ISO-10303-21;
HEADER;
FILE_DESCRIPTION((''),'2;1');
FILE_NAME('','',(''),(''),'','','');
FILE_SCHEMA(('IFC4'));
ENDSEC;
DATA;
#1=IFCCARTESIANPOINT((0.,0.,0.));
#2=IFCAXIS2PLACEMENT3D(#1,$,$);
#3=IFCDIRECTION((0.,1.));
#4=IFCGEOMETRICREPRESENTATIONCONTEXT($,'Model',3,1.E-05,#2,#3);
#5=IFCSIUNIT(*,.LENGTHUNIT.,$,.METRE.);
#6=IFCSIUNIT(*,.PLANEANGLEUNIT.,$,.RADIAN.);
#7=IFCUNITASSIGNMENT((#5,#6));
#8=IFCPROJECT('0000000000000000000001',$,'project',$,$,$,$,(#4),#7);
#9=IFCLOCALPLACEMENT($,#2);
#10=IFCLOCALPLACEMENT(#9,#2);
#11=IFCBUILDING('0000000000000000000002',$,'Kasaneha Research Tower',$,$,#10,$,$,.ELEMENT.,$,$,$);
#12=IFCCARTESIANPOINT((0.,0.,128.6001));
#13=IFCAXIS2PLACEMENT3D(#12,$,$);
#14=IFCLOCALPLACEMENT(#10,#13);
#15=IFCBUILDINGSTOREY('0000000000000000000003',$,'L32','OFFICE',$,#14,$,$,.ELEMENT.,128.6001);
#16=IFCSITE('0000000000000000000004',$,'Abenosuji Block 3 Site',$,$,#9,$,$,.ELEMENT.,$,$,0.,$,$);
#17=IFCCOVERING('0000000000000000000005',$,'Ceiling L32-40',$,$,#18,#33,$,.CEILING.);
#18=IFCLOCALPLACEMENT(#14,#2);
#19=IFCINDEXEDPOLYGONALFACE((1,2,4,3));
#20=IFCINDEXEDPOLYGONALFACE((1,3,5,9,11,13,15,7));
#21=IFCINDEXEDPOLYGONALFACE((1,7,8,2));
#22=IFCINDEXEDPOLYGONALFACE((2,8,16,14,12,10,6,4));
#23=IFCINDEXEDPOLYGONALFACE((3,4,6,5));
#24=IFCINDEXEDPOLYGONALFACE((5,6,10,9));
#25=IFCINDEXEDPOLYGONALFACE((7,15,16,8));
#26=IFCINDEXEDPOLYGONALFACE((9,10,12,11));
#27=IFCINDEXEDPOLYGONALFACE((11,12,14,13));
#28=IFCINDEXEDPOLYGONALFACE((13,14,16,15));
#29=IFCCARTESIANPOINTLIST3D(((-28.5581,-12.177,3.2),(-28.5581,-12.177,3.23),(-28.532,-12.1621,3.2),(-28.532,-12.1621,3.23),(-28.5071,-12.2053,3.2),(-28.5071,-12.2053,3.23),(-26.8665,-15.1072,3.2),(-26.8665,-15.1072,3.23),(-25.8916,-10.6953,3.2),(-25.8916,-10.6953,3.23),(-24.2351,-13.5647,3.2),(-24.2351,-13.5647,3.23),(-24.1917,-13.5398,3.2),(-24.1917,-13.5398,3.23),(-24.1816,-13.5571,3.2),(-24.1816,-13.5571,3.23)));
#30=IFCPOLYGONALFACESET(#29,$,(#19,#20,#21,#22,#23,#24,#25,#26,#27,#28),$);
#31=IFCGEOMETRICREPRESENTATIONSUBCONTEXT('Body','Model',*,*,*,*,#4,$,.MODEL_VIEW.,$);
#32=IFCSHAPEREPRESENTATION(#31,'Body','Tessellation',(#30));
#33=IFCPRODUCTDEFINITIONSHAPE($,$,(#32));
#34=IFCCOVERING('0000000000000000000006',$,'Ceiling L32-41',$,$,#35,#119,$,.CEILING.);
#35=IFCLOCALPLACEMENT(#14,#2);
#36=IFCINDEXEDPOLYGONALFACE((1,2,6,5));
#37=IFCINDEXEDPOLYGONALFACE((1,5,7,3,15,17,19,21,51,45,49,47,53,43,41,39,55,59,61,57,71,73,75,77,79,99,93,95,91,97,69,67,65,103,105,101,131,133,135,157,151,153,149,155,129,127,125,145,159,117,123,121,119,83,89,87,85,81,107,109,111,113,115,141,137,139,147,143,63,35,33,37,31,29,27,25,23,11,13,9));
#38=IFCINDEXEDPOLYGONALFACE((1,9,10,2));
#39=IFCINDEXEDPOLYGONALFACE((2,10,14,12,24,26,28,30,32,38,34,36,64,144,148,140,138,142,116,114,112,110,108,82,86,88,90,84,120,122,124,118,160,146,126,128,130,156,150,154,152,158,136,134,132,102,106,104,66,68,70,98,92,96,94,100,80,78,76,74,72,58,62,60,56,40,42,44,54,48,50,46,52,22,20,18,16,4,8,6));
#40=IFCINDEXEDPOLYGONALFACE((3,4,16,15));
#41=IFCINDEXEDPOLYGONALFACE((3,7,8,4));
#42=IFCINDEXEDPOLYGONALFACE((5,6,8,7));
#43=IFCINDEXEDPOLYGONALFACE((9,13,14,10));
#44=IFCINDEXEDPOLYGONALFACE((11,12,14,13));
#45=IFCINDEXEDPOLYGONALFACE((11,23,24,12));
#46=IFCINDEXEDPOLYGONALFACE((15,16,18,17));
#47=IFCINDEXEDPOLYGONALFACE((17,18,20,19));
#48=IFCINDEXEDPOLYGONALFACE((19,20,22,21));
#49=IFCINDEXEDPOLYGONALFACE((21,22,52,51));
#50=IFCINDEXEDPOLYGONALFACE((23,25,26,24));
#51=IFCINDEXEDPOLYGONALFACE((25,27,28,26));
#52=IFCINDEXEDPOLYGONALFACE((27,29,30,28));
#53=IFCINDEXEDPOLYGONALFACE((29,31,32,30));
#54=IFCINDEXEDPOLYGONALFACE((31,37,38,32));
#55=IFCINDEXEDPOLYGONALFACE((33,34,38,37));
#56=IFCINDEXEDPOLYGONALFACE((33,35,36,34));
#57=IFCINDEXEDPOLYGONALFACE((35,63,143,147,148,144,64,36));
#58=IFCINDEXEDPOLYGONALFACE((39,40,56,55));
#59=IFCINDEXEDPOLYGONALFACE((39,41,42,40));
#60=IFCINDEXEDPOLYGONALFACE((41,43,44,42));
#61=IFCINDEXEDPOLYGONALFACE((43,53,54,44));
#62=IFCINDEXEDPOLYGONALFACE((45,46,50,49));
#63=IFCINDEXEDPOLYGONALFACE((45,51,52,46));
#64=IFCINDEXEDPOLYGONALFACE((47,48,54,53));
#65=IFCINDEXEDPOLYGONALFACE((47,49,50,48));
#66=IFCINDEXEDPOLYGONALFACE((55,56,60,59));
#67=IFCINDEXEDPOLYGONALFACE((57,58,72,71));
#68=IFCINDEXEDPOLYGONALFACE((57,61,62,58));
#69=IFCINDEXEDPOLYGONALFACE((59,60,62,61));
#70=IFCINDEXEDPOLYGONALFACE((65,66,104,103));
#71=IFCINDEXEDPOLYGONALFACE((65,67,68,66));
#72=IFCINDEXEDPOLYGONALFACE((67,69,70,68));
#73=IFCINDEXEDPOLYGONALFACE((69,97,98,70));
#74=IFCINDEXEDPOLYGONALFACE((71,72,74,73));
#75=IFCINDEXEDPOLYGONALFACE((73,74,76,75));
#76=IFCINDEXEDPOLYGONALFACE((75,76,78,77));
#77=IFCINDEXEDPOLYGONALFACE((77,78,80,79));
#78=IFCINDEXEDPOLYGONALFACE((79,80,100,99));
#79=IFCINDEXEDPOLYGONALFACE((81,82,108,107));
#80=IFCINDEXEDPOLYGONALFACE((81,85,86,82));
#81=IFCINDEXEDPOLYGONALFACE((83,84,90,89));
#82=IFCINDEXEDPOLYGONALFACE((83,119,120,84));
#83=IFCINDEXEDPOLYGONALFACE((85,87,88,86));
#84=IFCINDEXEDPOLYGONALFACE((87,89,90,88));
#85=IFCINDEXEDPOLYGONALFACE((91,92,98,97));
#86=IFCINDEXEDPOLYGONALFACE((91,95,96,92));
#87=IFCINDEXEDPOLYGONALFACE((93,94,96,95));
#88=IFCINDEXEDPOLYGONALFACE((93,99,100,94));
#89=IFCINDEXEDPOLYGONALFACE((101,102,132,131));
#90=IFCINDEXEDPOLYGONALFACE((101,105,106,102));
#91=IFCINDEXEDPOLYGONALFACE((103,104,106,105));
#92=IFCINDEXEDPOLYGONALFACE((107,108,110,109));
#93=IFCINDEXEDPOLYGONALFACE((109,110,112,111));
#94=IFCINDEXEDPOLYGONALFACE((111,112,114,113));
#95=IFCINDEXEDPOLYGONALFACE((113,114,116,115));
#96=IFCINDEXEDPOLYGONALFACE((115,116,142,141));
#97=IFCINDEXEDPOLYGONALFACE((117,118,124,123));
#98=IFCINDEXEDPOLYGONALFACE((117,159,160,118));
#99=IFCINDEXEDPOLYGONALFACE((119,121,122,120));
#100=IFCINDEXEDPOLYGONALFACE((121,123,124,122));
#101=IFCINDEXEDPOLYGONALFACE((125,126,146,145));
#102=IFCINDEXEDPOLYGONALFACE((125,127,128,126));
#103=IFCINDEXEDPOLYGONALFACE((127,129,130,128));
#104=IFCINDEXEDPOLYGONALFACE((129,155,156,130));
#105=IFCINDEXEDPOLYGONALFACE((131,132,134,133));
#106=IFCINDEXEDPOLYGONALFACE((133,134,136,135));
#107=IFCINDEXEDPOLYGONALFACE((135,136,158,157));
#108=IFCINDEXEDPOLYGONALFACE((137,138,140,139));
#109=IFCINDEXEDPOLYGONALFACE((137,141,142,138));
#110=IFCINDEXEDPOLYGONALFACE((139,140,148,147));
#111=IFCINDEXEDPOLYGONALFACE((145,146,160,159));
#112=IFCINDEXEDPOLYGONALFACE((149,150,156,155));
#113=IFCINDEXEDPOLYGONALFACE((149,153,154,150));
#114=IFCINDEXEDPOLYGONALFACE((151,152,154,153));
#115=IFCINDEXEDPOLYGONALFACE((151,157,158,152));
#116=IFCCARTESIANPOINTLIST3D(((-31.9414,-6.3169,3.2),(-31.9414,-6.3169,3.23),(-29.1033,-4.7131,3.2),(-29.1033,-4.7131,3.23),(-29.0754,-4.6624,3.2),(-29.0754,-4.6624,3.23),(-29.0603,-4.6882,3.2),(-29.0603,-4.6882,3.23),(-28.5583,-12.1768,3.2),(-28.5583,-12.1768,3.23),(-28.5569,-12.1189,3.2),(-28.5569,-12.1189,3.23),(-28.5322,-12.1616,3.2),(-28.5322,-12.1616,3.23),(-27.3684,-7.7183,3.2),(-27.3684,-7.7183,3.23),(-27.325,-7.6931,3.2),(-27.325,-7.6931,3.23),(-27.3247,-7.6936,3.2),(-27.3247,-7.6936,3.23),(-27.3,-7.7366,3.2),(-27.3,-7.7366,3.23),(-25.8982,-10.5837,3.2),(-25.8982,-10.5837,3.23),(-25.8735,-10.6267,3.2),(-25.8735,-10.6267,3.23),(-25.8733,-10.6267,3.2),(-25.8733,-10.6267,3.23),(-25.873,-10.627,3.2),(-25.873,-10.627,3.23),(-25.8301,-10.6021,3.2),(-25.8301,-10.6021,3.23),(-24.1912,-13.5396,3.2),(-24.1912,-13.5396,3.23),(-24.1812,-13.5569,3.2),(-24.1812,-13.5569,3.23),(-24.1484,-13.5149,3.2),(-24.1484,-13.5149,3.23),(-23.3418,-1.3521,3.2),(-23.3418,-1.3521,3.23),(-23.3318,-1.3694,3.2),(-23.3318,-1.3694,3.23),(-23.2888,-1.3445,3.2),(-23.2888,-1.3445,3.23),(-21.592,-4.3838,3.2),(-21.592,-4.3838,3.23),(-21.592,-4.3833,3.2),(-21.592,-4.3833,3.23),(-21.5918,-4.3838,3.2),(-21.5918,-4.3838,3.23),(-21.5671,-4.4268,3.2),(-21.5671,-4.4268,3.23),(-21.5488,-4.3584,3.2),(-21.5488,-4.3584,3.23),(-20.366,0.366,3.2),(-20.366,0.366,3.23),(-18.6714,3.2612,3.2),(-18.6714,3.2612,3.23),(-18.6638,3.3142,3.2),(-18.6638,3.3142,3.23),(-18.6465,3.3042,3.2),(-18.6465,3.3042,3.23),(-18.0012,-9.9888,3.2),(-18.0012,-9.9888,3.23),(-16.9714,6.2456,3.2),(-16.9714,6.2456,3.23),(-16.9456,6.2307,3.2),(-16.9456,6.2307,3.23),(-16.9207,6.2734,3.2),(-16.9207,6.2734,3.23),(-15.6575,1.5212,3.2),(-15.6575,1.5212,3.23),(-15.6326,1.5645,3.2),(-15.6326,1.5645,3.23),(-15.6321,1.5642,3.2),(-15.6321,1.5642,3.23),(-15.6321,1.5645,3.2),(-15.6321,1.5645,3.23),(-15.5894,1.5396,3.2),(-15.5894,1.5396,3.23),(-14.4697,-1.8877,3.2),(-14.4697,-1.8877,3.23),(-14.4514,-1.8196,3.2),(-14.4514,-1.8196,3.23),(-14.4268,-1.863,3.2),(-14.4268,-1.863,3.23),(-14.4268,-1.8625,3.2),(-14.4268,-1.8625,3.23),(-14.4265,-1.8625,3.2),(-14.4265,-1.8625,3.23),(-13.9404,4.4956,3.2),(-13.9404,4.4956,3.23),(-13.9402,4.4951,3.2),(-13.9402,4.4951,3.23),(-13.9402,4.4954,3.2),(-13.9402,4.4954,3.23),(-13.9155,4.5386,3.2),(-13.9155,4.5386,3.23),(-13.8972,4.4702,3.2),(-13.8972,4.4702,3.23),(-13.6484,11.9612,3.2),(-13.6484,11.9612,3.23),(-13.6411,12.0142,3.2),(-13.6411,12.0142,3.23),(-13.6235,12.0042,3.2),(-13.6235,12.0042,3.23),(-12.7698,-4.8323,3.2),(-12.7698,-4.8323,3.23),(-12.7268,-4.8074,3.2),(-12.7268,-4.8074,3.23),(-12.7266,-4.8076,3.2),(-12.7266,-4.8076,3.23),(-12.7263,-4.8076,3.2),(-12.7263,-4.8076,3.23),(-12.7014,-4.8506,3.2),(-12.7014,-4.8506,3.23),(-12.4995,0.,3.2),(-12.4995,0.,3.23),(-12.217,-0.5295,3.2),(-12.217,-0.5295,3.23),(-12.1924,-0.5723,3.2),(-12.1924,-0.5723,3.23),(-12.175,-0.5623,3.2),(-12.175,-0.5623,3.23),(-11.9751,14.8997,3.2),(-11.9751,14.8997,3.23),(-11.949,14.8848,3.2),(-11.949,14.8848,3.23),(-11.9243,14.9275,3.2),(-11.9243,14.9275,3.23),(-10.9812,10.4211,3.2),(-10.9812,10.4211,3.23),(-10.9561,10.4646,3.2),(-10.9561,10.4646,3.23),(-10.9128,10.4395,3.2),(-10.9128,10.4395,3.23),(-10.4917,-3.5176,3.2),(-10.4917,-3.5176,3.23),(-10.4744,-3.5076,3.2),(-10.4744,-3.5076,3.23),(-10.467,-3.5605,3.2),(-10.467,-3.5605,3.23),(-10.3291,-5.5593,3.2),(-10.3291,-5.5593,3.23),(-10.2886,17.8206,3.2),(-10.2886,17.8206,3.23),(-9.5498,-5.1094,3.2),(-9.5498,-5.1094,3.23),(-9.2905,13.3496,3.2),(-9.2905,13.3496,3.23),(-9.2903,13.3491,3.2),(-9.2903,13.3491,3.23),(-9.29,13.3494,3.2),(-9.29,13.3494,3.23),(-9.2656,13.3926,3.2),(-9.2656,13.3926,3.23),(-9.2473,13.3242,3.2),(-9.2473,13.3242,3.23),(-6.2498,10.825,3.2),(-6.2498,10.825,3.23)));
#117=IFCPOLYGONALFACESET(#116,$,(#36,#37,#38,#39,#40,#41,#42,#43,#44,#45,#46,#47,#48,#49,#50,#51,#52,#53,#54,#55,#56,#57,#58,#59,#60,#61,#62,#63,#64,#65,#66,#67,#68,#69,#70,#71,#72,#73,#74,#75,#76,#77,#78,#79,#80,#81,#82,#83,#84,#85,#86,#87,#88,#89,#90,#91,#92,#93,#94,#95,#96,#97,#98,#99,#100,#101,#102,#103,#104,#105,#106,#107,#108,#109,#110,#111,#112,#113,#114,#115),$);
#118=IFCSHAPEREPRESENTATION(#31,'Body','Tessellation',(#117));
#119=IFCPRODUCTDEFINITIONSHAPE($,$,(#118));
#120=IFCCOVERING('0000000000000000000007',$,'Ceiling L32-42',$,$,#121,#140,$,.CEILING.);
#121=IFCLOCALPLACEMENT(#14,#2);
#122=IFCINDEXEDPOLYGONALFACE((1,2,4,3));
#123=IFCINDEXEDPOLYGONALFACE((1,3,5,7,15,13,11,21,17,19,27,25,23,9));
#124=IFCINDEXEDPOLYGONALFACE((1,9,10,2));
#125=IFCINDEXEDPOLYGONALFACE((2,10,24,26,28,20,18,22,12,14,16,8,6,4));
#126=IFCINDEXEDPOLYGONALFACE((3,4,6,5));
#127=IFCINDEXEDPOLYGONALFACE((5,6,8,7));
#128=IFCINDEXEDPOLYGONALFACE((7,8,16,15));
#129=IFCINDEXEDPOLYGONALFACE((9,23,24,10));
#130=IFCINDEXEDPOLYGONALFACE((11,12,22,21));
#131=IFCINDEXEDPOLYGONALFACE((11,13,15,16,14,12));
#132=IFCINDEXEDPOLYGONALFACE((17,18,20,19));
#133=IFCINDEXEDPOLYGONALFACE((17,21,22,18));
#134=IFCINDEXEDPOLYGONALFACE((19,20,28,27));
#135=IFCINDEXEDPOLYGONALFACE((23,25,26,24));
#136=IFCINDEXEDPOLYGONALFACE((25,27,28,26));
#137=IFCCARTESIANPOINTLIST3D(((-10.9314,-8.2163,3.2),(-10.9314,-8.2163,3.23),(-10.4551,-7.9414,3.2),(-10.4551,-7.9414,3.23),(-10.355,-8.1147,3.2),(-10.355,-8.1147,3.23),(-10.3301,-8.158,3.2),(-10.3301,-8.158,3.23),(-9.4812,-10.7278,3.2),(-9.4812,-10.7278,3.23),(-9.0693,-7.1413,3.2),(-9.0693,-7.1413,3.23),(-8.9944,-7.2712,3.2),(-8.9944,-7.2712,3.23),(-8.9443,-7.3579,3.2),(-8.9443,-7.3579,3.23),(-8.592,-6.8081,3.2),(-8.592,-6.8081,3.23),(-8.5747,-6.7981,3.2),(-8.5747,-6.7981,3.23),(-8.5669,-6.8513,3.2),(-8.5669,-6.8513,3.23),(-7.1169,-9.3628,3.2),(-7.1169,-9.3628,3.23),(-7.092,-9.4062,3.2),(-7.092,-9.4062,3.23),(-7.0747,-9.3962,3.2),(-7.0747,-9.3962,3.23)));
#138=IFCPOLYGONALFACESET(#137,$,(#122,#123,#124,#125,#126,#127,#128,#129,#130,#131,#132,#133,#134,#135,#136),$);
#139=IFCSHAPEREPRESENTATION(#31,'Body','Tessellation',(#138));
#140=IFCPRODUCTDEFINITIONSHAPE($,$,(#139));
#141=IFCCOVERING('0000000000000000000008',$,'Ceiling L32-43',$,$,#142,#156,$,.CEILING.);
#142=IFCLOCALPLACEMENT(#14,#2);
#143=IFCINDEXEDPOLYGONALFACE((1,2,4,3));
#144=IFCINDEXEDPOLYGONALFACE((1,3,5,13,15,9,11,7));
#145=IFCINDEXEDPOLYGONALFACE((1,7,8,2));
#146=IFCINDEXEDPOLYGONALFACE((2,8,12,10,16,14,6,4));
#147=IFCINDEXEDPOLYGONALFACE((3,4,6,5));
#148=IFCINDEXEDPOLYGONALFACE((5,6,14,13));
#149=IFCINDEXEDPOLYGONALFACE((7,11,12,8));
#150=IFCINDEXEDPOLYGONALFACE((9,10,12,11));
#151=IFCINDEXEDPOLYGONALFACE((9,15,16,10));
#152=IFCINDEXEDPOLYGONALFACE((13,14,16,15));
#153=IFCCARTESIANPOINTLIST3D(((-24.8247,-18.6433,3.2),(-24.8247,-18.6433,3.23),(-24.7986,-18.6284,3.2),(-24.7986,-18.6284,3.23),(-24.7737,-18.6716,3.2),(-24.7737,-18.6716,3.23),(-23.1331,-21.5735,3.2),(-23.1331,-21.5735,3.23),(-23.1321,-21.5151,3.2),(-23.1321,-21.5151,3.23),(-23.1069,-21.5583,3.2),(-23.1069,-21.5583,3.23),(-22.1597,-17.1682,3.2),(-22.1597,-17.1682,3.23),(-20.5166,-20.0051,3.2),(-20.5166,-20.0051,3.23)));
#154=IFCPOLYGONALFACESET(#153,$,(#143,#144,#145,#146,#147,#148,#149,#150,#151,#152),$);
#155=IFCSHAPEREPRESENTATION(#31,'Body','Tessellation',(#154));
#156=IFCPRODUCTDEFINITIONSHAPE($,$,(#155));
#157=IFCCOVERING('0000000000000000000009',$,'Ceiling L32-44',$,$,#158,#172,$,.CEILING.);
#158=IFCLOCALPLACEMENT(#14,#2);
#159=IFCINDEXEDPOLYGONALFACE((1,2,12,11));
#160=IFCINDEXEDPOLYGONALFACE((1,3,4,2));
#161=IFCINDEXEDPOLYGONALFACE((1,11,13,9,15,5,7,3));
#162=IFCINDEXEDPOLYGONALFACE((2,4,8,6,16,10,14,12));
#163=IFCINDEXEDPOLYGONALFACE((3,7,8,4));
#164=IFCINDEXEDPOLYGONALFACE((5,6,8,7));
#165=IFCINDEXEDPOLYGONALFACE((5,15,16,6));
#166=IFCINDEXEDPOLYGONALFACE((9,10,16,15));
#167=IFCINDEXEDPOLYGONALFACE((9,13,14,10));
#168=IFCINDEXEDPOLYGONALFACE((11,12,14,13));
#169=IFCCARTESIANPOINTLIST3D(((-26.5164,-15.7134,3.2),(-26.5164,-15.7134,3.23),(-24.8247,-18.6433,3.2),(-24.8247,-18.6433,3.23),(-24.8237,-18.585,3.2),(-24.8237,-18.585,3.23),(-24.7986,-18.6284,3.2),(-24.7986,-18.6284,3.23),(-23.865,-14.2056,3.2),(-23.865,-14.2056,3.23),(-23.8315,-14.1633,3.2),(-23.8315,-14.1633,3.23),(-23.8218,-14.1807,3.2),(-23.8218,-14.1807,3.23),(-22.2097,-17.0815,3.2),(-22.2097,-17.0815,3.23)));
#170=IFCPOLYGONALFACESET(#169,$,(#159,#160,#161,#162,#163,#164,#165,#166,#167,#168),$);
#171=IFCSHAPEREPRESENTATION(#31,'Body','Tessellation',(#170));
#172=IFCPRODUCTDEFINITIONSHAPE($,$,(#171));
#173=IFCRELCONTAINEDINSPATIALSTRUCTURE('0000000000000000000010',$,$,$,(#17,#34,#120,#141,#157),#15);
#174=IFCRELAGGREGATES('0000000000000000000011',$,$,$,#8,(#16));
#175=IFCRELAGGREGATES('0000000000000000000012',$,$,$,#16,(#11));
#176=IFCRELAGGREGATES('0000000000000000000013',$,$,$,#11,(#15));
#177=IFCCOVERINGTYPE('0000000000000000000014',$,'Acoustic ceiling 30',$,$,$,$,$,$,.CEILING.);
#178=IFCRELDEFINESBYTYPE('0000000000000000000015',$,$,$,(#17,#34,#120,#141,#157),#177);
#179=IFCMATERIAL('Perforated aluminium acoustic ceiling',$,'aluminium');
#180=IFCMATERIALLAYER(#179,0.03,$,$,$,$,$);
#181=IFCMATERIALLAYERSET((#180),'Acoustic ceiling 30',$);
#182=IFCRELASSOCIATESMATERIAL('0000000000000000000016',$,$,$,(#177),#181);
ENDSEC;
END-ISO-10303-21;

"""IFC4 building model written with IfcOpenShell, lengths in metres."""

from ifc_helpers import new_model, si_unit, direction, frame, origin, place, context, subcontext, project, spatial, polyline, outline, extrude, material, layer, layer_set, type_object, element, save


model = new_model("IFC4")

# Units and contexts
model_context = context("Model", 3, precision=1e-05, world=origin(), true_north=direction((0.0, 1.0)))
body_context = subcontext(model_context, "Body", "Model", "MODEL_VIEW")
ifc_project = project(units=[si_unit("LENGTHUNIT", "METRE"), si_unit("PLANEANGLEUNIT", "RADIAN")], contexts=[model_context])

# Site, building, storey
site_placement = place(None, origin())
site = spatial("IfcSite", under=ifc_project, at=site_placement, Name="Abenosuji Block 3 Site", CompositionType="ELEMENT", RefElevation=0.0)
building_placement = place(site_placement, origin())
building = spatial("IfcBuilding", under=site, at=building_placement, Name="Kasaneha Research Tower", CompositionType="ELEMENT")
storey_placement = place(building_placement, frame((0.0, 0.0, 128.6001)))
storey = spatial("IfcBuildingStorey", under=building, at=storey_placement, Name="L32", Description="OFFICE", CompositionType="ELEMENT", Elevation=128.6001)

# Coverings
ifc_material_1 = material(Name="Perforated aluminium acoustic ceiling", Category="aluminium")
ifc_layer_1 = layer(ifc_material_1, 0.03)
ifc_layer_set_1 = layer_set([ifc_layer_1], Name="Acoustic ceiling 30")
covering_type_1 = type_object("IfcCoveringType", Name="Acoustic ceiling 30", PredefinedType="CEILING", material=ifc_layer_set_1)
covering_1_placement = place(storey_placement, frame((0.0, 0.0, 3.2)))
element("IfcCovering", 1, at=covering_1_placement, inside=storey, type_object=covering_type_1, Name="Ceiling L32-40", PredefinedType="CEILING", context=body_context, shape_type="SweptSolid", body=[
    extrude(outline(polyline([(-28.5581, -12.177), (-28.532, -12.1621), (-28.5071, -12.2053), (-25.8916, -10.6953), (-24.2351, -13.5647), (-24.1917, -13.5398), (-24.1816, -13.5571), (-26.8665, -15.1072), (-28.5581, -12.177)])), origin(), (0.0, 0.0, 1.0), 0.03),
])
covering_2_placement = place(storey_placement, frame((0.0, 0.0, 3.2)))
element("IfcCovering", 2, at=covering_2_placement, inside=storey, type_object=covering_type_1, Name="Ceiling L32-41", PredefinedType="CEILING", context=body_context, shape_type="SweptSolid", body=[
    extrude(outline(polyline([(-12.175, -0.5623), (-12.1924, -0.5723), (-12.217, -0.5295), (-14.4514, -1.8196), (-14.4265, -1.8625), (-14.4268, -1.8625), (-14.4268, -1.863), (-14.4697, -1.8877), (-12.7698, -4.8323), (-12.7268, -4.8074), (-12.7266, -4.8076), (-12.7263, -4.8076), (-12.7014, -4.8506), (-10.467, -3.5605), (-10.4917, -3.5176), (-10.4744, -3.5076), (-9.5498, -5.1094), (-10.3291, -5.5593), (-10.3291, -5.5593), (-18.0012, -9.9888), (-24.1812, -13.5569), (-24.1912, -13.5396), (-24.1484, -13.5149), (-25.8301, -10.6021), (-25.873, -10.627), (-25.8733, -10.6267), (-25.8735, -10.6267), (-25.8982, -10.5837), (-28.5569, -12.1189), (-28.5322, -12.1616), (-28.5583, -12.1768), (-31.9414, -6.3169), (-29.0754, -4.6624), (-29.0603, -4.6882), (-29.1033, -4.7131), (-27.3684, -7.7183), (-27.325, -7.6931), (-27.3247, -7.6936), (-27.3247, -7.6936), (-27.3, -7.7366), (-21.5671, -4.4268), (-21.592, -4.3838), (-21.5918, -4.3838), (-21.592, -4.3833), (-21.5488, -4.3584), (-23.2888, -1.3445), (-23.3318, -1.3694), (-23.3418, -1.3521), (-20.366, 0.366), (-18.6638, 3.3142), (-18.6465, 3.3042), (-18.6714, 3.2612), (-15.6575, 1.5212), (-15.6326, 1.5645), (-15.6321, 1.5642), (-15.6321, 1.5645), (-15.5894, 1.5396), (-13.8972, 4.4702), (-13.9402, 4.4951), (-13.9402, 4.4954), (-13.9404, 4.4956), (-13.9155, 4.5386), (-16.9207, 6.2734), (-16.9456, 6.2307), (-16.9714, 6.2456), (-13.6411, 12.0142), (-13.6235, 12.0042), (-13.6484, 11.9612), (-10.9812, 10.4211), (-10.9561, 10.4646), (-10.9128, 10.4395), (-9.2473, 13.3242), (-9.2903, 13.3491), (-9.29, 13.3494), (-9.2905, 13.3496), (-9.2656, 13.3926), (-11.9243, 14.9275), (-11.949, 14.8848), (-11.9751, 14.8997), (-10.2886, 17.8206), (-6.2498, 10.825), (-12.4995, 0.0), (-12.175, -0.5623)])), origin(), (0.0, 0.0, 1.0), 0.03),
])
covering_3_placement = place(storey_placement, frame((0.0, 0.0, 3.2)))
element("IfcCovering", 3, at=covering_3_placement, inside=storey, type_object=covering_type_1, Name="Ceiling L32-42", PredefinedType="CEILING", context=body_context, shape_type="SweptSolid", body=[
    extrude(outline(polyline([(-10.355, -8.1147), (-10.355, -8.1147), (-10.3301, -8.158), (-8.9443, -7.3579), (-8.9944, -7.2712), (-8.9944, -7.2712), (-9.0942, -7.0981), (-9.0942, -7.0981), (-9.0693, -7.1414), (-8.5669, -6.8513), (-8.592, -6.8081), (-8.5747, -6.7981), (-7.0747, -9.3962), (-7.092, -9.4062), (-7.1169, -9.3628), (-9.4812, -10.7278), (-10.9314, -8.2163), (-10.4551, -7.9414), (-10.355, -8.1147)])), origin(), (0.0, 0.0, 1.0), 0.03),
])
covering_4_placement = place(storey_placement, frame((0.0, 0.0, 3.2)))
element("IfcCovering", 4, at=covering_4_placement, inside=storey, type_object=covering_type_1, Name="Ceiling L32-43", PredefinedType="CEILING", context=body_context, shape_type="SweptSolid", body=[
    extrude(outline(polyline([(-24.8247, -18.6433), (-24.7986, -18.6284), (-24.7737, -18.6716), (-22.1597, -17.1682), (-20.5166, -20.0051), (-23.1321, -21.5151), (-23.1069, -21.5583), (-23.1331, -21.5735), (-24.8247, -18.6433)])), origin(), (0.0, 0.0, 1.0), 0.03),
])
covering_5_placement = place(storey_placement, frame((0.0, 0.0, 3.2)))
element("IfcCovering", 5, at=covering_5_placement, inside=storey, type_object=covering_type_1, Name="Ceiling L32-44", PredefinedType="CEILING", context=body_context, shape_type="SweptSolid", body=[
    extrude(outline(polyline([(-23.8315, -14.1633), (-23.8218, -14.1807), (-23.865, -14.2056), (-22.2097, -17.0815), (-24.8237, -18.585), (-24.7986, -18.6284), (-24.8247, -18.6433), (-26.5164, -15.7134), (-23.8315, -14.1633)])), origin(), (0.0, 0.0, 1.0), 0.03),
])

save(model, "model.ifc")
